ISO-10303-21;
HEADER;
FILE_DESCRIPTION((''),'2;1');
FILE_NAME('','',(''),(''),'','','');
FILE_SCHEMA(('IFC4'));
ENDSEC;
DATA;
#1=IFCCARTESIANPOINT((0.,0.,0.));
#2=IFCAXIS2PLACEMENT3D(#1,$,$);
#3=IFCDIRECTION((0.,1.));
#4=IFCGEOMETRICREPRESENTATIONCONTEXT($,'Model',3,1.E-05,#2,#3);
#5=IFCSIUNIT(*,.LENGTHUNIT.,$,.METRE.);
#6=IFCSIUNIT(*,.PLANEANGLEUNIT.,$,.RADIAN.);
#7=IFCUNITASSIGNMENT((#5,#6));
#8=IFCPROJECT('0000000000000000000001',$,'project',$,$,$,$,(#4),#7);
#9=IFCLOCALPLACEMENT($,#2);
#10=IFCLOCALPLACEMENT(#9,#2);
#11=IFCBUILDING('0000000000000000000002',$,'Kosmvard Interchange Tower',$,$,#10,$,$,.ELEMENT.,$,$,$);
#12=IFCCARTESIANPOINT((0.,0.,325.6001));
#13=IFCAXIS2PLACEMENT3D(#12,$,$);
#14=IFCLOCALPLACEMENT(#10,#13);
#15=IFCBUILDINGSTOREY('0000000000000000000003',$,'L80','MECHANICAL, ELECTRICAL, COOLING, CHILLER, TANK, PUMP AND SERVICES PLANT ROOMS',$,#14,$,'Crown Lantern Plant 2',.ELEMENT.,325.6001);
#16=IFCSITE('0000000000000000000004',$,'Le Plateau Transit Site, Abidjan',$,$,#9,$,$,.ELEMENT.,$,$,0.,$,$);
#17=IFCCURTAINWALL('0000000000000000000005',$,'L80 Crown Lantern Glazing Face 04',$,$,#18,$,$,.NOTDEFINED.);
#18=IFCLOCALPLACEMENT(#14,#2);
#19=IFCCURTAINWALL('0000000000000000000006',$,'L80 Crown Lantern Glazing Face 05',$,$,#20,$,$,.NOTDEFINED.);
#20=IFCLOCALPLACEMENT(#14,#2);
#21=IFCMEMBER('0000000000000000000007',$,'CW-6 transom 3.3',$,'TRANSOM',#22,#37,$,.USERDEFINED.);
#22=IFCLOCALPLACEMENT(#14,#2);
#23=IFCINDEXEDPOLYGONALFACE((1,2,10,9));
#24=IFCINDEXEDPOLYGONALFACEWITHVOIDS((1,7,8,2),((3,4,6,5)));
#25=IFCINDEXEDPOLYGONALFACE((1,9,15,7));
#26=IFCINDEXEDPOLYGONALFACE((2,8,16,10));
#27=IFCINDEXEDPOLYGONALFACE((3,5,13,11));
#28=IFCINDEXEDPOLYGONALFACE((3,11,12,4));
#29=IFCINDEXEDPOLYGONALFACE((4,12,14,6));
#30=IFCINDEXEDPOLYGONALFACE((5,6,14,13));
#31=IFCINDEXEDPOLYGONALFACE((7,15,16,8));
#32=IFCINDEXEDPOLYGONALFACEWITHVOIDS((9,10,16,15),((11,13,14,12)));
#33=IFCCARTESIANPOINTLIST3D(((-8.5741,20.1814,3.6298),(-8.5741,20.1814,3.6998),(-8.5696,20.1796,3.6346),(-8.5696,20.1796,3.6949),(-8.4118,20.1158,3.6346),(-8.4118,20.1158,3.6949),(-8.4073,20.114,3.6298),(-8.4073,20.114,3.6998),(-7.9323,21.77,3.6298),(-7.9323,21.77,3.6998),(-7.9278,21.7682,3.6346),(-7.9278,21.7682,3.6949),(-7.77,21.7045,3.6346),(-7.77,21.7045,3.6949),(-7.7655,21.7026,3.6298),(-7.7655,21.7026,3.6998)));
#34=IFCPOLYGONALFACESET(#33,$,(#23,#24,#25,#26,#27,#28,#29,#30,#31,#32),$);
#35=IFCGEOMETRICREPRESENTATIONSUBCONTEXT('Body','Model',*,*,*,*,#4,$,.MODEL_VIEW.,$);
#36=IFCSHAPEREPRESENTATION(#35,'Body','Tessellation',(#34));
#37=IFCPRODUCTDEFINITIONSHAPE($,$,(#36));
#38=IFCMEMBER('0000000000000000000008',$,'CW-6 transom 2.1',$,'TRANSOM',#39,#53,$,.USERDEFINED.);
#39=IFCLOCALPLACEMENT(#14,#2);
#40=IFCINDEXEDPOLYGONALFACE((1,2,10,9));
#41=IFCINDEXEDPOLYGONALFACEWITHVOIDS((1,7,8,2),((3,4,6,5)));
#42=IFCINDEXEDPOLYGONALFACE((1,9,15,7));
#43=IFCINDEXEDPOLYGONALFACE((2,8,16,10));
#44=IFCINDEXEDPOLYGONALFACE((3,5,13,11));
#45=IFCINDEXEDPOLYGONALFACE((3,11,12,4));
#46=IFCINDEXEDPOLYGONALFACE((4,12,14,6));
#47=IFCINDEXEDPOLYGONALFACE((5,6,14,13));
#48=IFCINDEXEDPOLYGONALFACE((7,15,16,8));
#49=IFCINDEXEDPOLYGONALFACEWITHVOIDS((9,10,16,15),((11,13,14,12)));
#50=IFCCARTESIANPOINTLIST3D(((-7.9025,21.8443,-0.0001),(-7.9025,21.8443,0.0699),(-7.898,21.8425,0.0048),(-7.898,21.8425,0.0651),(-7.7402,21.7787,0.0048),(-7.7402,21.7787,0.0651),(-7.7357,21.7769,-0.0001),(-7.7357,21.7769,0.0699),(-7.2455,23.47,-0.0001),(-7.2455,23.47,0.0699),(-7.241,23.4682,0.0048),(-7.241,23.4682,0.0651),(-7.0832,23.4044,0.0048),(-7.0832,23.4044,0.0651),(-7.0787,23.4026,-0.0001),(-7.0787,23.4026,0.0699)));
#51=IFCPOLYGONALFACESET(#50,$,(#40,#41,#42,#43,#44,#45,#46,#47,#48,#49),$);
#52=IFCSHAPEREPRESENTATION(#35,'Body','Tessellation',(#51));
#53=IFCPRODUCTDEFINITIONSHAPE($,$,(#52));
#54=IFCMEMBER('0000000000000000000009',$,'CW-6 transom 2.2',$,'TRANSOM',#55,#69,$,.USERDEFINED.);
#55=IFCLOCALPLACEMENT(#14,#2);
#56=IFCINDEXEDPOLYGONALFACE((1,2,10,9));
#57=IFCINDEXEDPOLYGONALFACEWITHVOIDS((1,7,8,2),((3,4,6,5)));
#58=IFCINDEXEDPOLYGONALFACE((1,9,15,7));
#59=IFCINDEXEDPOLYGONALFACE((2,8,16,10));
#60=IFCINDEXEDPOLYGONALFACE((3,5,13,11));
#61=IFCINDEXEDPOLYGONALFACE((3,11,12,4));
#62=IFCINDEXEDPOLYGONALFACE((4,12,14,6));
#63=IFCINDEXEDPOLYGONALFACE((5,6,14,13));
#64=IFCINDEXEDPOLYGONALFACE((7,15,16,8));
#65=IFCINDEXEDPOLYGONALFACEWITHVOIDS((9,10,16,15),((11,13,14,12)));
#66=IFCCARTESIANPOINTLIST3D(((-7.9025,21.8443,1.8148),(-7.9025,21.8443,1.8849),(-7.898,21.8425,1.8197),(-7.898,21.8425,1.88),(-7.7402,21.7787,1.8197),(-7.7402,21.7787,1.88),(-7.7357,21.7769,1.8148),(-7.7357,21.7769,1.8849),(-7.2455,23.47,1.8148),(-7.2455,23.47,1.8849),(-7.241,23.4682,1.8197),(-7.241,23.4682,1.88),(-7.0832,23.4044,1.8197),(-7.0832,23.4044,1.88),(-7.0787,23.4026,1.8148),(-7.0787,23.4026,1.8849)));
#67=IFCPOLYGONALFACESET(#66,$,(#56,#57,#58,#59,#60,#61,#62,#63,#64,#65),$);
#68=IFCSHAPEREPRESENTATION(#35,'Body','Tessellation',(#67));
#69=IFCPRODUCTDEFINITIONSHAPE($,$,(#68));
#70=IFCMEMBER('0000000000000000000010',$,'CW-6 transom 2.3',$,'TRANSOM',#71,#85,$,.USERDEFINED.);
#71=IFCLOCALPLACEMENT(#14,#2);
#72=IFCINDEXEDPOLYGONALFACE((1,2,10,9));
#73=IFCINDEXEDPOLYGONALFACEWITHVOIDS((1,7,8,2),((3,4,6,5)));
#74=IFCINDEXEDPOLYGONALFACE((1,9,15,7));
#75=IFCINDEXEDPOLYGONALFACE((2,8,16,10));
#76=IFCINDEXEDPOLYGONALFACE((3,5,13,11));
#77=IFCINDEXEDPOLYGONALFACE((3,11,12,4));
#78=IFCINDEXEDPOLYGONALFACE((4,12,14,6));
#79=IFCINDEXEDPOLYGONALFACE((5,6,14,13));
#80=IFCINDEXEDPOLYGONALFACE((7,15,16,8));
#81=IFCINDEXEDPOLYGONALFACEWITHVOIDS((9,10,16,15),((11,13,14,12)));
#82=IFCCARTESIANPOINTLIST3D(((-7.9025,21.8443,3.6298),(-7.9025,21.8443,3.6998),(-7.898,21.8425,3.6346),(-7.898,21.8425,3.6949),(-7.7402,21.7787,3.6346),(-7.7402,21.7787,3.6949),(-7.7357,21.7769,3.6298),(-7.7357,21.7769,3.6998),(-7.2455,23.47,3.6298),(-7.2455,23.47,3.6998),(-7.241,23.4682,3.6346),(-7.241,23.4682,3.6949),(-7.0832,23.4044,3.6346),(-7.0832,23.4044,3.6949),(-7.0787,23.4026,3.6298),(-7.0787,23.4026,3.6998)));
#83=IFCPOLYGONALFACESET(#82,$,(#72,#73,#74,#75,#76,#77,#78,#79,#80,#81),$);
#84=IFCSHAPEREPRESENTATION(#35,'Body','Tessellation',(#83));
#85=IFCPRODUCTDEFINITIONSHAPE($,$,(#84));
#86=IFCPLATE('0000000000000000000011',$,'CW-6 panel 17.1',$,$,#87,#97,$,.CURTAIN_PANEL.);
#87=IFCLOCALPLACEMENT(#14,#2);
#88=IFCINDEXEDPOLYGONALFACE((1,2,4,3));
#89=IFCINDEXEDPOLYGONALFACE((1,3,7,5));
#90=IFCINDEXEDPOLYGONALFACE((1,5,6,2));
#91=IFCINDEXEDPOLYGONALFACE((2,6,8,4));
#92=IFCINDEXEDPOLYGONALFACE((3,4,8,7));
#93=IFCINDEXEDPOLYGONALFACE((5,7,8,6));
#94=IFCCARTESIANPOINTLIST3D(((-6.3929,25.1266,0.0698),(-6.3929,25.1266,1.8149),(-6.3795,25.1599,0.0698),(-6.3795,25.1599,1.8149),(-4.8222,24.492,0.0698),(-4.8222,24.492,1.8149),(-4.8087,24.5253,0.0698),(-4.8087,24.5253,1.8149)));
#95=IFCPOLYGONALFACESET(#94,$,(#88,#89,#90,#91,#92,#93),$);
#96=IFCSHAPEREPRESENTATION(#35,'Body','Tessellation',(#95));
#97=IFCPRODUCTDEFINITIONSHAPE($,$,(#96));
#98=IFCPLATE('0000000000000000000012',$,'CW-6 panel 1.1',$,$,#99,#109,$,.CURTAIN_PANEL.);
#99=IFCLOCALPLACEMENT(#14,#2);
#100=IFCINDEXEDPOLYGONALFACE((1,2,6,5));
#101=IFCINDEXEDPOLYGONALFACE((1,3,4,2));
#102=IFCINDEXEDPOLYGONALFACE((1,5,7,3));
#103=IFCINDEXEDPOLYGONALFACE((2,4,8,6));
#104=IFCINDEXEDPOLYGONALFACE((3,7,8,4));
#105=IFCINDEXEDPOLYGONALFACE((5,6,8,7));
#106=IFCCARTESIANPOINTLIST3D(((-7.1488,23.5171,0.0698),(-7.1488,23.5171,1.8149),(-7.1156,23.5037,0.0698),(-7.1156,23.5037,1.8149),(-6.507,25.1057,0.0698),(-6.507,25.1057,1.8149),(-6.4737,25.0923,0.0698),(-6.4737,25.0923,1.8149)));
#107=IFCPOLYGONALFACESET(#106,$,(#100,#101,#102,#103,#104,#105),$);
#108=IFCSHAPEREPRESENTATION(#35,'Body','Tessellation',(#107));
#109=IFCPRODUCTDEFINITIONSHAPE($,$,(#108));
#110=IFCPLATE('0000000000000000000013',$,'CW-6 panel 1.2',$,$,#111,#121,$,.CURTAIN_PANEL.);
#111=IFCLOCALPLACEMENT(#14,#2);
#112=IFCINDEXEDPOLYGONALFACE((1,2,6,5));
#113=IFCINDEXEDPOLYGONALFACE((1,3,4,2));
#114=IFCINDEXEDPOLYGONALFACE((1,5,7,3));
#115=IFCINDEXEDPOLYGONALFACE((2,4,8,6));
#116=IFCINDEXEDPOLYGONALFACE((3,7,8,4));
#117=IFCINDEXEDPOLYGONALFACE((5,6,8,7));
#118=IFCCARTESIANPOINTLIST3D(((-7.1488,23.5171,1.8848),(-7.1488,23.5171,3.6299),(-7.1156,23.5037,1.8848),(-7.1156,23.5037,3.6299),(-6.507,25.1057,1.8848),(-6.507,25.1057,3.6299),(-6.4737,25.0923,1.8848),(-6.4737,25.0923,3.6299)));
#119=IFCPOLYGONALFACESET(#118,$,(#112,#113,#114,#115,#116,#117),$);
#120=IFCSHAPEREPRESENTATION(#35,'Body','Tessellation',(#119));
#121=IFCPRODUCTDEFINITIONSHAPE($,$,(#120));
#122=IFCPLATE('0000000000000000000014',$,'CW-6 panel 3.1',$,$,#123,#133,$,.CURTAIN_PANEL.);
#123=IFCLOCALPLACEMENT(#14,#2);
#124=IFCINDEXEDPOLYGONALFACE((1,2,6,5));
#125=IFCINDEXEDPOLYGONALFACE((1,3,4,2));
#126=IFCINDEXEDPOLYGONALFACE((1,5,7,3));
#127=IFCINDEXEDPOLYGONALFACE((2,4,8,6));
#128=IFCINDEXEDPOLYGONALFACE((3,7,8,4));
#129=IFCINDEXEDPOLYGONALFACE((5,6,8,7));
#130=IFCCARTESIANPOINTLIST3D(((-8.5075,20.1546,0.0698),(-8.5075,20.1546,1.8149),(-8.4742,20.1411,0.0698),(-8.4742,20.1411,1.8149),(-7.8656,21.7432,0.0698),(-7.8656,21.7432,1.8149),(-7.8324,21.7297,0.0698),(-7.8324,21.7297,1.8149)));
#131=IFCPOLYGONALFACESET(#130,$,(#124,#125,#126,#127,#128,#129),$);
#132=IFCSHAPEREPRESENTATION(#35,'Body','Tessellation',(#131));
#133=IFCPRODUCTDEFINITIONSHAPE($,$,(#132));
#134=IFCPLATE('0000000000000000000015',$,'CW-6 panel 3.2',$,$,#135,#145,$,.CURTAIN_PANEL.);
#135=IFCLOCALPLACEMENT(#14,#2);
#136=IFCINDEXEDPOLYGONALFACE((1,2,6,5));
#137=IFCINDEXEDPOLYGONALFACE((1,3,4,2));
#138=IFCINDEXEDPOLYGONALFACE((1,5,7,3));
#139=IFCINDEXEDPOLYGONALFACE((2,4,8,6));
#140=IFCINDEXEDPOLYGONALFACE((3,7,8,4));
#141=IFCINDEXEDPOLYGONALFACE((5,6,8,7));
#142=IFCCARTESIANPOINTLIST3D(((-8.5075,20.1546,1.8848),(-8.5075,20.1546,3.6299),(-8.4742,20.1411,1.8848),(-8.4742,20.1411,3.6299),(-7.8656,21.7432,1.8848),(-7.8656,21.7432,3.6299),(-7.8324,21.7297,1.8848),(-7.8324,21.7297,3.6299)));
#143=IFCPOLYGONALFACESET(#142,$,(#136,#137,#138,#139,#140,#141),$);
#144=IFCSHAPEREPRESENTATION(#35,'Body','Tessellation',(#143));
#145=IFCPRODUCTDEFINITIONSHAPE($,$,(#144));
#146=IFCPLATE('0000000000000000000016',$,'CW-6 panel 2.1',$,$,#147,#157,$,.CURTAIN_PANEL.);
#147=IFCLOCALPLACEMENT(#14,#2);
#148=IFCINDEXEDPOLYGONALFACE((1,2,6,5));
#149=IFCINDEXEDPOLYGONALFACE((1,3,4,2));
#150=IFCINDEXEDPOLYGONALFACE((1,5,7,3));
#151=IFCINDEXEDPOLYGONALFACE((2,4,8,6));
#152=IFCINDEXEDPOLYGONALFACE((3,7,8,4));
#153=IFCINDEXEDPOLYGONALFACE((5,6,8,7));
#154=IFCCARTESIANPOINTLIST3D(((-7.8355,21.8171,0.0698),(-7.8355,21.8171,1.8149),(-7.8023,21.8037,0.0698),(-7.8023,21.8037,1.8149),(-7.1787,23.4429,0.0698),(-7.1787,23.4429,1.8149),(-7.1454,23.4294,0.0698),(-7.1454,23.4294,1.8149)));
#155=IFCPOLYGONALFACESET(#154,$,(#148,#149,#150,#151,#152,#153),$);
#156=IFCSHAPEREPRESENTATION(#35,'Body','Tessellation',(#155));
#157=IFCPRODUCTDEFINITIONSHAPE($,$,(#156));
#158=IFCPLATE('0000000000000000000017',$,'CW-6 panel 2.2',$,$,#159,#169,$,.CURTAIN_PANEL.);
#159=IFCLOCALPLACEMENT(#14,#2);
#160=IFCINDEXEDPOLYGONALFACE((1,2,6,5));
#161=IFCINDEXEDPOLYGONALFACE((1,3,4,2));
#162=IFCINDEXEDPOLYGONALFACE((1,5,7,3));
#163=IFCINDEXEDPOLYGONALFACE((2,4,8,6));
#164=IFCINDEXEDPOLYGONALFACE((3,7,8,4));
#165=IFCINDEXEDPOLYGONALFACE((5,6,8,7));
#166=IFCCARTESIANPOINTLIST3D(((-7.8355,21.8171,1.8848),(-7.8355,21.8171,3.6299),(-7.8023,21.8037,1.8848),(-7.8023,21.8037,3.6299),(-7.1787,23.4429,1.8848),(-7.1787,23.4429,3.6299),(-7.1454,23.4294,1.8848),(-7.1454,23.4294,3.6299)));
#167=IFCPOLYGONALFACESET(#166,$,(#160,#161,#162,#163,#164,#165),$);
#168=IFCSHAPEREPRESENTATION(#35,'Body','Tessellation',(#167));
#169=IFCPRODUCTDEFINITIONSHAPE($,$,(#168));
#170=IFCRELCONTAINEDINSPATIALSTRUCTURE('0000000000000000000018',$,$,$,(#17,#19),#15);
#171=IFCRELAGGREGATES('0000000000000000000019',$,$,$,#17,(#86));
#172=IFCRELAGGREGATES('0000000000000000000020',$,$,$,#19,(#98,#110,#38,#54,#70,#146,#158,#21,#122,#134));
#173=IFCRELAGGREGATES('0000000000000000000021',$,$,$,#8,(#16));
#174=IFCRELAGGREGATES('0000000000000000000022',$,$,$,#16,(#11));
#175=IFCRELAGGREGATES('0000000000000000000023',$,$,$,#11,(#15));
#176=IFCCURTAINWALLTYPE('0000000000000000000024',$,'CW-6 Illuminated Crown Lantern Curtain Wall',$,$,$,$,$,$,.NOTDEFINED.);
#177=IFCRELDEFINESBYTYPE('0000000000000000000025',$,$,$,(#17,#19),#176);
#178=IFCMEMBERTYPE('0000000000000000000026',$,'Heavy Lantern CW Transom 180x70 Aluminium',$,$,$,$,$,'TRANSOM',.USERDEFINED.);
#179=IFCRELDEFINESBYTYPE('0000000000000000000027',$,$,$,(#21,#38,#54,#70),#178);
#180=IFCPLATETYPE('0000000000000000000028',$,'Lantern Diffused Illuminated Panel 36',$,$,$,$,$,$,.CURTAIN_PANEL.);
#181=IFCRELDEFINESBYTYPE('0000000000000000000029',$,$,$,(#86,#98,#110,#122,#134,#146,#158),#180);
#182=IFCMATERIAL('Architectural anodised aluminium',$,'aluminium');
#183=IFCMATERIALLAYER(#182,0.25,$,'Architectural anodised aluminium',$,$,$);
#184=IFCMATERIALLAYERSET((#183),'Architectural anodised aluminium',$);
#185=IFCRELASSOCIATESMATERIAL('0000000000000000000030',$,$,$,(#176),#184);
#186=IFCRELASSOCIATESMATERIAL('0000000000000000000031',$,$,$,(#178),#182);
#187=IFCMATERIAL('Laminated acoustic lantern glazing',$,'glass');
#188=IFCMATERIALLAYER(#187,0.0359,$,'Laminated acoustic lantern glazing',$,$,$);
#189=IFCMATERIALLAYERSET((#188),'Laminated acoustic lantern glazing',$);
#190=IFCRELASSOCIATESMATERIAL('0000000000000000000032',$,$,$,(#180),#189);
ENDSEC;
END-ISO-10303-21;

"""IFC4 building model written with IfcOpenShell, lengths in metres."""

from ifc_helpers import new_model, si_unit, direction, frame, origin, origin_2d, place, context, subcontext, project, spatial, rectangle, hollow_rectangle, extrude, source, transform, mapped, material, layer, layer_set, material_profile, profile_set, type_object, element, aggregate, save


model = new_model("IFC4")

# Units and contexts
model_context = context("Model", 3, precision=1e-05, world=origin(), true_north=direction((0.0, 1.0)))
body_context = subcontext(model_context, "Body", "Model", "MODEL_VIEW")
ifc_project = project(units=[si_unit("LENGTHUNIT", "METRE"), si_unit("PLANEANGLEUNIT", "RADIAN")], contexts=[model_context])

# Site, building, storey
site_placement = place(None, origin())
site = spatial("IfcSite", under=ifc_project, at=site_placement, Name="Le Plateau Transit Site, Abidjan", CompositionType="ELEMENT", RefElevation=0.0)
building_placement = place(site_placement, origin())
building = spatial("IfcBuilding", under=site, at=building_placement, Name="Kosmvard Interchange Tower", CompositionType="ELEMENT")
storey_placement = place(building_placement, frame((0.0, 0.0, 325.6001)))
storey = spatial("IfcBuildingStorey", under=building, at=storey_placement, Name="L80", Description="MECHANICAL, ELECTRICAL, COOLING, CHILLER, TANK, PUMP AND SERVICES PLANT ROOMS", LongName="Crown Lantern Plant 2", CompositionType="ELEMENT", Elevation=325.6001)

# Curtain wall
ifc_material_1 = material(Name="Architectural anodised aluminium", Category="aluminium")
ifc_layer_1 = layer(ifc_material_1, 0.25, Name="Architectural anodised aluminium")
ifc_layer_set_1 = layer_set([ifc_layer_1], Name="Architectural anodised aluminium")
curtain_wall_type = type_object("IfcCurtainWallType", Name="CW-6 Illuminated Crown Lantern Curtain Wall", PredefinedType="NOTDEFINED", material=ifc_layer_set_1)
curtain_wall_1_placement = place(storey_placement, origin())
curtain_wall_1 = element("IfcCurtainWall", 1, at=curtain_wall_1_placement, inside=storey, type_object=curtain_wall_type, Name="L80 Crown Lantern Glazing Face 04", PredefinedType="NOTDEFINED")

# Curtain wall
curtain_wall_2_placement = place(storey_placement, origin())
curtain_wall_2 = element("IfcCurtainWall", 2, at=curtain_wall_2_placement, inside=storey, type_object=curtain_wall_type, Name="L80 Crown Lantern Glazing Face 05", PredefinedType="NOTDEFINED")

# Members
ifc_material_profile_1 = material_profile(ifc_material_1, hollow_rectangle(XDim=0.1799, YDim=0.0701, WallThickness=0.0049, at=origin_2d()), Name="CWT 180x70x5")
ifc_profile_set_1 = profile_set([ifc_material_profile_1], Name="Architectural anodised aluminium")
member_type_1 = type_object("IfcMemberType", Name="Heavy Lantern CW Transom 180x70 Aluminium", ElementType="TRANSOM", PredefinedType="USERDEFINED", material=ifc_profile_set_1)
shared_shape_1 = source(origin(), body_context, "Body", "SweptSolid", [
    extrude(hollow_rectangle(XDim=0.1799, YDim=0.0701, WallThickness=0.0049, at=origin_2d()), origin(), (0.0, 0.0, 1.0), 1.7134),
])
member_1_placement = place(storey_placement, frame((-7.8489, 21.7363, 3.6648), z_axis=(-0.374607, -0.927184, 0.0), x_axis=(0.927184, -0.374607, 0.0)))
member_1 = element("IfcMember", 3, at=member_1_placement, type_object=member_type_1, Name="CW-6 transom 3.3", ObjectType="TRANSOM", PredefinedType="USERDEFINED", context=body_context, shape_type="MappedRepresentation", body=[
    mapped(shared_shape_1, transform((0.0, 0.0, 0.0), scale=1.0)),
])
shared_shape_2 = source(origin(), body_context, "Body", "SweptSolid", [
    extrude(hollow_rectangle(XDim=0.1799, YDim=0.0701, WallThickness=0.0049, at=origin_2d()), origin(), (0.0, 0.0, 1.0), 1.7534),
])
member_2_placement = place(storey_placement, frame((-7.1621, 23.4363, 0.0349), z_axis=(-0.374677, -0.927155, 0.0), x_axis=(0.927155, -0.374677, 0.0)))
member_2 = element("IfcMember", 4, at=member_2_placement, type_object=member_type_1, Name="CW-6 transom 2.1", ObjectType="TRANSOM", PredefinedType="USERDEFINED", context=body_context, shape_type="MappedRepresentation", body=[
    mapped(shared_shape_2, transform((0.0, 0.0, 0.0), scale=1.0)),
])
member_3_placement = place(storey_placement, frame((-7.1621, 23.4363, 1.8499), z_axis=(-0.374677, -0.927155, 0.0), x_axis=(0.927155, -0.374677, 0.0)))
member_3 = element("IfcMember", 5, at=member_3_placement, type_object=member_type_1, Name="CW-6 transom 2.2", ObjectType="TRANSOM", PredefinedType="USERDEFINED", context=body_context, shape_type="MappedRepresentation", body=[
    mapped(shared_shape_2, transform((0.0, 0.0, 0.0), scale=1.0)),
])
member_4_placement = place(storey_placement, frame((-7.1621, 23.4363, 3.6648), z_axis=(-0.374677, -0.927155, 0.0), x_axis=(0.927155, -0.374677, 0.0)))
member_4 = element("IfcMember", 6, at=member_4_placement, type_object=member_type_1, Name="CW-6 transom 2.3", ObjectType="TRANSOM", PredefinedType="USERDEFINED", context=body_context, shape_type="MappedRepresentation", body=[
    mapped(shared_shape_2, transform((0.0, 0.0, 0.0), scale=1.0)),
])

# Plates
ifc_material_2 = material(Name="Laminated acoustic lantern glazing", Category="glass")
ifc_layer_2 = layer(ifc_material_2, 0.0359, Name="Laminated acoustic lantern glazing")
ifc_layer_set_2 = layer_set([ifc_layer_2], Name="Laminated acoustic lantern glazing")
plate_type = type_object("IfcPlateType", Name="Lantern Diffused Illuminated Panel 36", PredefinedType="CURTAIN_PANEL", material=ifc_layer_set_2)
shared_shape_3 = source(origin(), body_context, "Body", "SweptSolid", [
    extrude(rectangle(XDim=1.6941, YDim=0.0359, at=origin_2d()), origin(), (0.0, 0.0, 1.0), 1.7451),
])
plate_1_placement = place(storey_placement, frame((-5.6008, 24.8259, 0.0698), z_axis=(0.0, 0.0, 1.0), x_axis=(-0.927184, 0.374607, 0.0)))
plate_1 = element("IfcPlate", 7, at=plate_1_placement, type_object=plate_type, Name="CW-6 panel 17.1", PredefinedType="CURTAIN_PANEL", context=body_context, shape_type="MappedRepresentation", body=[
    mapped(shared_shape_3, transform((0.0, 0.0, 0.0), scale=1.0)),
])
aggregate(curtain_wall_1, [plate_1])
shared_shape_4 = source(origin(), body_context, "Body", "SweptSolid", [
    extrude(rectangle(XDim=1.7134, YDim=0.0359, at=origin_2d()), origin(), (0.0, 0.0, 1.0), 1.7451),
])
plate_2_placement = place(storey_placement, frame((-6.8113, 24.3047, 0.0698), z_axis=(0.0, 0.0, 1.0), x_axis=(-0.374607, -0.927184, 0.0)))
plate_2 = element("IfcPlate", 8, at=plate_2_placement, type_object=plate_type, Name="CW-6 panel 1.1", PredefinedType="CURTAIN_PANEL", context=body_context, shape_type="MappedRepresentation", body=[
    mapped(shared_shape_4, transform((0.0, 0.0, 0.0), scale=1.0)),
])
plate_3_placement = place(storey_placement, frame((-6.8113, 24.3047, 1.8848), z_axis=(0.0, 0.0, 1.0), x_axis=(-0.374607, -0.927184, 0.0)))
plate_3 = element("IfcPlate", 9, at=plate_3_placement, type_object=plate_type, Name="CW-6 panel 1.2", PredefinedType="CURTAIN_PANEL", context=body_context, shape_type="MappedRepresentation", body=[
    mapped(shared_shape_4, transform((0.0, 0.0, 0.0), scale=1.0)),
])
plate_4_placement = place(storey_placement, frame((-8.1699, 20.9421, 0.0698), z_axis=(0.0, 0.0, 1.0), x_axis=(-0.374607, -0.927184, 0.0)))
plate_4 = element("IfcPlate", 10, at=plate_4_placement, type_object=plate_type, Name="CW-6 panel 3.1", PredefinedType="CURTAIN_PANEL", context=body_context, shape_type="MappedRepresentation", body=[
    mapped(shared_shape_4, transform((0.0, 0.0, 0.0), scale=1.0)),
])
plate_5_placement = place(storey_placement, frame((-8.1699, 20.9421, 1.8848), z_axis=(0.0, 0.0, 1.0), x_axis=(-0.374607, -0.927184, 0.0)))
plate_5 = element("IfcPlate", 11, at=plate_5_placement, type_object=plate_type, Name="CW-6 panel 3.2", PredefinedType="CURTAIN_PANEL", context=body_context, shape_type="MappedRepresentation", body=[
    mapped(shared_shape_4, transform((0.0, 0.0, 0.0), scale=1.0)),
])
shared_shape_5 = source(origin(), body_context, "Body", "SweptSolid", [
    extrude(rectangle(XDim=1.7534, YDim=0.0359, at=origin_2d()), origin(), (0.0, 0.0, 1.0), 1.7451),
])
plate_6_placement = place(storey_placement, frame((-7.4905, 22.6233, 0.0698), z_axis=(0.0, 0.0, 1.0), x_axis=(-0.374607, -0.927184, 0.0)))
plate_6 = element("IfcPlate", 12, at=plate_6_placement, type_object=plate_type, Name="CW-6 panel 2.1", PredefinedType="CURTAIN_PANEL", context=body_context, shape_type="MappedRepresentation", body=[
    mapped(shared_shape_5, transform((0.0, 0.0, 0.0), scale=1.0)),
])
plate_7_placement = place(storey_placement, frame((-7.4905, 22.6233, 1.8848), z_axis=(0.0, 0.0, 1.0), x_axis=(-0.374607, -0.927184, 0.0)))
plate_7 = element("IfcPlate", 13, at=plate_7_placement, type_object=plate_type, Name="CW-6 panel 2.2", PredefinedType="CURTAIN_PANEL", context=body_context, shape_type="MappedRepresentation", body=[
    mapped(shared_shape_5, transform((0.0, 0.0, 0.0), scale=1.0)),
])
aggregate(curtain_wall_2, [plate_2, plate_3, member_2, member_3, member_4, plate_6, plate_7, member_1, plate_4, plate_5])

save(model, "model.ifc")
